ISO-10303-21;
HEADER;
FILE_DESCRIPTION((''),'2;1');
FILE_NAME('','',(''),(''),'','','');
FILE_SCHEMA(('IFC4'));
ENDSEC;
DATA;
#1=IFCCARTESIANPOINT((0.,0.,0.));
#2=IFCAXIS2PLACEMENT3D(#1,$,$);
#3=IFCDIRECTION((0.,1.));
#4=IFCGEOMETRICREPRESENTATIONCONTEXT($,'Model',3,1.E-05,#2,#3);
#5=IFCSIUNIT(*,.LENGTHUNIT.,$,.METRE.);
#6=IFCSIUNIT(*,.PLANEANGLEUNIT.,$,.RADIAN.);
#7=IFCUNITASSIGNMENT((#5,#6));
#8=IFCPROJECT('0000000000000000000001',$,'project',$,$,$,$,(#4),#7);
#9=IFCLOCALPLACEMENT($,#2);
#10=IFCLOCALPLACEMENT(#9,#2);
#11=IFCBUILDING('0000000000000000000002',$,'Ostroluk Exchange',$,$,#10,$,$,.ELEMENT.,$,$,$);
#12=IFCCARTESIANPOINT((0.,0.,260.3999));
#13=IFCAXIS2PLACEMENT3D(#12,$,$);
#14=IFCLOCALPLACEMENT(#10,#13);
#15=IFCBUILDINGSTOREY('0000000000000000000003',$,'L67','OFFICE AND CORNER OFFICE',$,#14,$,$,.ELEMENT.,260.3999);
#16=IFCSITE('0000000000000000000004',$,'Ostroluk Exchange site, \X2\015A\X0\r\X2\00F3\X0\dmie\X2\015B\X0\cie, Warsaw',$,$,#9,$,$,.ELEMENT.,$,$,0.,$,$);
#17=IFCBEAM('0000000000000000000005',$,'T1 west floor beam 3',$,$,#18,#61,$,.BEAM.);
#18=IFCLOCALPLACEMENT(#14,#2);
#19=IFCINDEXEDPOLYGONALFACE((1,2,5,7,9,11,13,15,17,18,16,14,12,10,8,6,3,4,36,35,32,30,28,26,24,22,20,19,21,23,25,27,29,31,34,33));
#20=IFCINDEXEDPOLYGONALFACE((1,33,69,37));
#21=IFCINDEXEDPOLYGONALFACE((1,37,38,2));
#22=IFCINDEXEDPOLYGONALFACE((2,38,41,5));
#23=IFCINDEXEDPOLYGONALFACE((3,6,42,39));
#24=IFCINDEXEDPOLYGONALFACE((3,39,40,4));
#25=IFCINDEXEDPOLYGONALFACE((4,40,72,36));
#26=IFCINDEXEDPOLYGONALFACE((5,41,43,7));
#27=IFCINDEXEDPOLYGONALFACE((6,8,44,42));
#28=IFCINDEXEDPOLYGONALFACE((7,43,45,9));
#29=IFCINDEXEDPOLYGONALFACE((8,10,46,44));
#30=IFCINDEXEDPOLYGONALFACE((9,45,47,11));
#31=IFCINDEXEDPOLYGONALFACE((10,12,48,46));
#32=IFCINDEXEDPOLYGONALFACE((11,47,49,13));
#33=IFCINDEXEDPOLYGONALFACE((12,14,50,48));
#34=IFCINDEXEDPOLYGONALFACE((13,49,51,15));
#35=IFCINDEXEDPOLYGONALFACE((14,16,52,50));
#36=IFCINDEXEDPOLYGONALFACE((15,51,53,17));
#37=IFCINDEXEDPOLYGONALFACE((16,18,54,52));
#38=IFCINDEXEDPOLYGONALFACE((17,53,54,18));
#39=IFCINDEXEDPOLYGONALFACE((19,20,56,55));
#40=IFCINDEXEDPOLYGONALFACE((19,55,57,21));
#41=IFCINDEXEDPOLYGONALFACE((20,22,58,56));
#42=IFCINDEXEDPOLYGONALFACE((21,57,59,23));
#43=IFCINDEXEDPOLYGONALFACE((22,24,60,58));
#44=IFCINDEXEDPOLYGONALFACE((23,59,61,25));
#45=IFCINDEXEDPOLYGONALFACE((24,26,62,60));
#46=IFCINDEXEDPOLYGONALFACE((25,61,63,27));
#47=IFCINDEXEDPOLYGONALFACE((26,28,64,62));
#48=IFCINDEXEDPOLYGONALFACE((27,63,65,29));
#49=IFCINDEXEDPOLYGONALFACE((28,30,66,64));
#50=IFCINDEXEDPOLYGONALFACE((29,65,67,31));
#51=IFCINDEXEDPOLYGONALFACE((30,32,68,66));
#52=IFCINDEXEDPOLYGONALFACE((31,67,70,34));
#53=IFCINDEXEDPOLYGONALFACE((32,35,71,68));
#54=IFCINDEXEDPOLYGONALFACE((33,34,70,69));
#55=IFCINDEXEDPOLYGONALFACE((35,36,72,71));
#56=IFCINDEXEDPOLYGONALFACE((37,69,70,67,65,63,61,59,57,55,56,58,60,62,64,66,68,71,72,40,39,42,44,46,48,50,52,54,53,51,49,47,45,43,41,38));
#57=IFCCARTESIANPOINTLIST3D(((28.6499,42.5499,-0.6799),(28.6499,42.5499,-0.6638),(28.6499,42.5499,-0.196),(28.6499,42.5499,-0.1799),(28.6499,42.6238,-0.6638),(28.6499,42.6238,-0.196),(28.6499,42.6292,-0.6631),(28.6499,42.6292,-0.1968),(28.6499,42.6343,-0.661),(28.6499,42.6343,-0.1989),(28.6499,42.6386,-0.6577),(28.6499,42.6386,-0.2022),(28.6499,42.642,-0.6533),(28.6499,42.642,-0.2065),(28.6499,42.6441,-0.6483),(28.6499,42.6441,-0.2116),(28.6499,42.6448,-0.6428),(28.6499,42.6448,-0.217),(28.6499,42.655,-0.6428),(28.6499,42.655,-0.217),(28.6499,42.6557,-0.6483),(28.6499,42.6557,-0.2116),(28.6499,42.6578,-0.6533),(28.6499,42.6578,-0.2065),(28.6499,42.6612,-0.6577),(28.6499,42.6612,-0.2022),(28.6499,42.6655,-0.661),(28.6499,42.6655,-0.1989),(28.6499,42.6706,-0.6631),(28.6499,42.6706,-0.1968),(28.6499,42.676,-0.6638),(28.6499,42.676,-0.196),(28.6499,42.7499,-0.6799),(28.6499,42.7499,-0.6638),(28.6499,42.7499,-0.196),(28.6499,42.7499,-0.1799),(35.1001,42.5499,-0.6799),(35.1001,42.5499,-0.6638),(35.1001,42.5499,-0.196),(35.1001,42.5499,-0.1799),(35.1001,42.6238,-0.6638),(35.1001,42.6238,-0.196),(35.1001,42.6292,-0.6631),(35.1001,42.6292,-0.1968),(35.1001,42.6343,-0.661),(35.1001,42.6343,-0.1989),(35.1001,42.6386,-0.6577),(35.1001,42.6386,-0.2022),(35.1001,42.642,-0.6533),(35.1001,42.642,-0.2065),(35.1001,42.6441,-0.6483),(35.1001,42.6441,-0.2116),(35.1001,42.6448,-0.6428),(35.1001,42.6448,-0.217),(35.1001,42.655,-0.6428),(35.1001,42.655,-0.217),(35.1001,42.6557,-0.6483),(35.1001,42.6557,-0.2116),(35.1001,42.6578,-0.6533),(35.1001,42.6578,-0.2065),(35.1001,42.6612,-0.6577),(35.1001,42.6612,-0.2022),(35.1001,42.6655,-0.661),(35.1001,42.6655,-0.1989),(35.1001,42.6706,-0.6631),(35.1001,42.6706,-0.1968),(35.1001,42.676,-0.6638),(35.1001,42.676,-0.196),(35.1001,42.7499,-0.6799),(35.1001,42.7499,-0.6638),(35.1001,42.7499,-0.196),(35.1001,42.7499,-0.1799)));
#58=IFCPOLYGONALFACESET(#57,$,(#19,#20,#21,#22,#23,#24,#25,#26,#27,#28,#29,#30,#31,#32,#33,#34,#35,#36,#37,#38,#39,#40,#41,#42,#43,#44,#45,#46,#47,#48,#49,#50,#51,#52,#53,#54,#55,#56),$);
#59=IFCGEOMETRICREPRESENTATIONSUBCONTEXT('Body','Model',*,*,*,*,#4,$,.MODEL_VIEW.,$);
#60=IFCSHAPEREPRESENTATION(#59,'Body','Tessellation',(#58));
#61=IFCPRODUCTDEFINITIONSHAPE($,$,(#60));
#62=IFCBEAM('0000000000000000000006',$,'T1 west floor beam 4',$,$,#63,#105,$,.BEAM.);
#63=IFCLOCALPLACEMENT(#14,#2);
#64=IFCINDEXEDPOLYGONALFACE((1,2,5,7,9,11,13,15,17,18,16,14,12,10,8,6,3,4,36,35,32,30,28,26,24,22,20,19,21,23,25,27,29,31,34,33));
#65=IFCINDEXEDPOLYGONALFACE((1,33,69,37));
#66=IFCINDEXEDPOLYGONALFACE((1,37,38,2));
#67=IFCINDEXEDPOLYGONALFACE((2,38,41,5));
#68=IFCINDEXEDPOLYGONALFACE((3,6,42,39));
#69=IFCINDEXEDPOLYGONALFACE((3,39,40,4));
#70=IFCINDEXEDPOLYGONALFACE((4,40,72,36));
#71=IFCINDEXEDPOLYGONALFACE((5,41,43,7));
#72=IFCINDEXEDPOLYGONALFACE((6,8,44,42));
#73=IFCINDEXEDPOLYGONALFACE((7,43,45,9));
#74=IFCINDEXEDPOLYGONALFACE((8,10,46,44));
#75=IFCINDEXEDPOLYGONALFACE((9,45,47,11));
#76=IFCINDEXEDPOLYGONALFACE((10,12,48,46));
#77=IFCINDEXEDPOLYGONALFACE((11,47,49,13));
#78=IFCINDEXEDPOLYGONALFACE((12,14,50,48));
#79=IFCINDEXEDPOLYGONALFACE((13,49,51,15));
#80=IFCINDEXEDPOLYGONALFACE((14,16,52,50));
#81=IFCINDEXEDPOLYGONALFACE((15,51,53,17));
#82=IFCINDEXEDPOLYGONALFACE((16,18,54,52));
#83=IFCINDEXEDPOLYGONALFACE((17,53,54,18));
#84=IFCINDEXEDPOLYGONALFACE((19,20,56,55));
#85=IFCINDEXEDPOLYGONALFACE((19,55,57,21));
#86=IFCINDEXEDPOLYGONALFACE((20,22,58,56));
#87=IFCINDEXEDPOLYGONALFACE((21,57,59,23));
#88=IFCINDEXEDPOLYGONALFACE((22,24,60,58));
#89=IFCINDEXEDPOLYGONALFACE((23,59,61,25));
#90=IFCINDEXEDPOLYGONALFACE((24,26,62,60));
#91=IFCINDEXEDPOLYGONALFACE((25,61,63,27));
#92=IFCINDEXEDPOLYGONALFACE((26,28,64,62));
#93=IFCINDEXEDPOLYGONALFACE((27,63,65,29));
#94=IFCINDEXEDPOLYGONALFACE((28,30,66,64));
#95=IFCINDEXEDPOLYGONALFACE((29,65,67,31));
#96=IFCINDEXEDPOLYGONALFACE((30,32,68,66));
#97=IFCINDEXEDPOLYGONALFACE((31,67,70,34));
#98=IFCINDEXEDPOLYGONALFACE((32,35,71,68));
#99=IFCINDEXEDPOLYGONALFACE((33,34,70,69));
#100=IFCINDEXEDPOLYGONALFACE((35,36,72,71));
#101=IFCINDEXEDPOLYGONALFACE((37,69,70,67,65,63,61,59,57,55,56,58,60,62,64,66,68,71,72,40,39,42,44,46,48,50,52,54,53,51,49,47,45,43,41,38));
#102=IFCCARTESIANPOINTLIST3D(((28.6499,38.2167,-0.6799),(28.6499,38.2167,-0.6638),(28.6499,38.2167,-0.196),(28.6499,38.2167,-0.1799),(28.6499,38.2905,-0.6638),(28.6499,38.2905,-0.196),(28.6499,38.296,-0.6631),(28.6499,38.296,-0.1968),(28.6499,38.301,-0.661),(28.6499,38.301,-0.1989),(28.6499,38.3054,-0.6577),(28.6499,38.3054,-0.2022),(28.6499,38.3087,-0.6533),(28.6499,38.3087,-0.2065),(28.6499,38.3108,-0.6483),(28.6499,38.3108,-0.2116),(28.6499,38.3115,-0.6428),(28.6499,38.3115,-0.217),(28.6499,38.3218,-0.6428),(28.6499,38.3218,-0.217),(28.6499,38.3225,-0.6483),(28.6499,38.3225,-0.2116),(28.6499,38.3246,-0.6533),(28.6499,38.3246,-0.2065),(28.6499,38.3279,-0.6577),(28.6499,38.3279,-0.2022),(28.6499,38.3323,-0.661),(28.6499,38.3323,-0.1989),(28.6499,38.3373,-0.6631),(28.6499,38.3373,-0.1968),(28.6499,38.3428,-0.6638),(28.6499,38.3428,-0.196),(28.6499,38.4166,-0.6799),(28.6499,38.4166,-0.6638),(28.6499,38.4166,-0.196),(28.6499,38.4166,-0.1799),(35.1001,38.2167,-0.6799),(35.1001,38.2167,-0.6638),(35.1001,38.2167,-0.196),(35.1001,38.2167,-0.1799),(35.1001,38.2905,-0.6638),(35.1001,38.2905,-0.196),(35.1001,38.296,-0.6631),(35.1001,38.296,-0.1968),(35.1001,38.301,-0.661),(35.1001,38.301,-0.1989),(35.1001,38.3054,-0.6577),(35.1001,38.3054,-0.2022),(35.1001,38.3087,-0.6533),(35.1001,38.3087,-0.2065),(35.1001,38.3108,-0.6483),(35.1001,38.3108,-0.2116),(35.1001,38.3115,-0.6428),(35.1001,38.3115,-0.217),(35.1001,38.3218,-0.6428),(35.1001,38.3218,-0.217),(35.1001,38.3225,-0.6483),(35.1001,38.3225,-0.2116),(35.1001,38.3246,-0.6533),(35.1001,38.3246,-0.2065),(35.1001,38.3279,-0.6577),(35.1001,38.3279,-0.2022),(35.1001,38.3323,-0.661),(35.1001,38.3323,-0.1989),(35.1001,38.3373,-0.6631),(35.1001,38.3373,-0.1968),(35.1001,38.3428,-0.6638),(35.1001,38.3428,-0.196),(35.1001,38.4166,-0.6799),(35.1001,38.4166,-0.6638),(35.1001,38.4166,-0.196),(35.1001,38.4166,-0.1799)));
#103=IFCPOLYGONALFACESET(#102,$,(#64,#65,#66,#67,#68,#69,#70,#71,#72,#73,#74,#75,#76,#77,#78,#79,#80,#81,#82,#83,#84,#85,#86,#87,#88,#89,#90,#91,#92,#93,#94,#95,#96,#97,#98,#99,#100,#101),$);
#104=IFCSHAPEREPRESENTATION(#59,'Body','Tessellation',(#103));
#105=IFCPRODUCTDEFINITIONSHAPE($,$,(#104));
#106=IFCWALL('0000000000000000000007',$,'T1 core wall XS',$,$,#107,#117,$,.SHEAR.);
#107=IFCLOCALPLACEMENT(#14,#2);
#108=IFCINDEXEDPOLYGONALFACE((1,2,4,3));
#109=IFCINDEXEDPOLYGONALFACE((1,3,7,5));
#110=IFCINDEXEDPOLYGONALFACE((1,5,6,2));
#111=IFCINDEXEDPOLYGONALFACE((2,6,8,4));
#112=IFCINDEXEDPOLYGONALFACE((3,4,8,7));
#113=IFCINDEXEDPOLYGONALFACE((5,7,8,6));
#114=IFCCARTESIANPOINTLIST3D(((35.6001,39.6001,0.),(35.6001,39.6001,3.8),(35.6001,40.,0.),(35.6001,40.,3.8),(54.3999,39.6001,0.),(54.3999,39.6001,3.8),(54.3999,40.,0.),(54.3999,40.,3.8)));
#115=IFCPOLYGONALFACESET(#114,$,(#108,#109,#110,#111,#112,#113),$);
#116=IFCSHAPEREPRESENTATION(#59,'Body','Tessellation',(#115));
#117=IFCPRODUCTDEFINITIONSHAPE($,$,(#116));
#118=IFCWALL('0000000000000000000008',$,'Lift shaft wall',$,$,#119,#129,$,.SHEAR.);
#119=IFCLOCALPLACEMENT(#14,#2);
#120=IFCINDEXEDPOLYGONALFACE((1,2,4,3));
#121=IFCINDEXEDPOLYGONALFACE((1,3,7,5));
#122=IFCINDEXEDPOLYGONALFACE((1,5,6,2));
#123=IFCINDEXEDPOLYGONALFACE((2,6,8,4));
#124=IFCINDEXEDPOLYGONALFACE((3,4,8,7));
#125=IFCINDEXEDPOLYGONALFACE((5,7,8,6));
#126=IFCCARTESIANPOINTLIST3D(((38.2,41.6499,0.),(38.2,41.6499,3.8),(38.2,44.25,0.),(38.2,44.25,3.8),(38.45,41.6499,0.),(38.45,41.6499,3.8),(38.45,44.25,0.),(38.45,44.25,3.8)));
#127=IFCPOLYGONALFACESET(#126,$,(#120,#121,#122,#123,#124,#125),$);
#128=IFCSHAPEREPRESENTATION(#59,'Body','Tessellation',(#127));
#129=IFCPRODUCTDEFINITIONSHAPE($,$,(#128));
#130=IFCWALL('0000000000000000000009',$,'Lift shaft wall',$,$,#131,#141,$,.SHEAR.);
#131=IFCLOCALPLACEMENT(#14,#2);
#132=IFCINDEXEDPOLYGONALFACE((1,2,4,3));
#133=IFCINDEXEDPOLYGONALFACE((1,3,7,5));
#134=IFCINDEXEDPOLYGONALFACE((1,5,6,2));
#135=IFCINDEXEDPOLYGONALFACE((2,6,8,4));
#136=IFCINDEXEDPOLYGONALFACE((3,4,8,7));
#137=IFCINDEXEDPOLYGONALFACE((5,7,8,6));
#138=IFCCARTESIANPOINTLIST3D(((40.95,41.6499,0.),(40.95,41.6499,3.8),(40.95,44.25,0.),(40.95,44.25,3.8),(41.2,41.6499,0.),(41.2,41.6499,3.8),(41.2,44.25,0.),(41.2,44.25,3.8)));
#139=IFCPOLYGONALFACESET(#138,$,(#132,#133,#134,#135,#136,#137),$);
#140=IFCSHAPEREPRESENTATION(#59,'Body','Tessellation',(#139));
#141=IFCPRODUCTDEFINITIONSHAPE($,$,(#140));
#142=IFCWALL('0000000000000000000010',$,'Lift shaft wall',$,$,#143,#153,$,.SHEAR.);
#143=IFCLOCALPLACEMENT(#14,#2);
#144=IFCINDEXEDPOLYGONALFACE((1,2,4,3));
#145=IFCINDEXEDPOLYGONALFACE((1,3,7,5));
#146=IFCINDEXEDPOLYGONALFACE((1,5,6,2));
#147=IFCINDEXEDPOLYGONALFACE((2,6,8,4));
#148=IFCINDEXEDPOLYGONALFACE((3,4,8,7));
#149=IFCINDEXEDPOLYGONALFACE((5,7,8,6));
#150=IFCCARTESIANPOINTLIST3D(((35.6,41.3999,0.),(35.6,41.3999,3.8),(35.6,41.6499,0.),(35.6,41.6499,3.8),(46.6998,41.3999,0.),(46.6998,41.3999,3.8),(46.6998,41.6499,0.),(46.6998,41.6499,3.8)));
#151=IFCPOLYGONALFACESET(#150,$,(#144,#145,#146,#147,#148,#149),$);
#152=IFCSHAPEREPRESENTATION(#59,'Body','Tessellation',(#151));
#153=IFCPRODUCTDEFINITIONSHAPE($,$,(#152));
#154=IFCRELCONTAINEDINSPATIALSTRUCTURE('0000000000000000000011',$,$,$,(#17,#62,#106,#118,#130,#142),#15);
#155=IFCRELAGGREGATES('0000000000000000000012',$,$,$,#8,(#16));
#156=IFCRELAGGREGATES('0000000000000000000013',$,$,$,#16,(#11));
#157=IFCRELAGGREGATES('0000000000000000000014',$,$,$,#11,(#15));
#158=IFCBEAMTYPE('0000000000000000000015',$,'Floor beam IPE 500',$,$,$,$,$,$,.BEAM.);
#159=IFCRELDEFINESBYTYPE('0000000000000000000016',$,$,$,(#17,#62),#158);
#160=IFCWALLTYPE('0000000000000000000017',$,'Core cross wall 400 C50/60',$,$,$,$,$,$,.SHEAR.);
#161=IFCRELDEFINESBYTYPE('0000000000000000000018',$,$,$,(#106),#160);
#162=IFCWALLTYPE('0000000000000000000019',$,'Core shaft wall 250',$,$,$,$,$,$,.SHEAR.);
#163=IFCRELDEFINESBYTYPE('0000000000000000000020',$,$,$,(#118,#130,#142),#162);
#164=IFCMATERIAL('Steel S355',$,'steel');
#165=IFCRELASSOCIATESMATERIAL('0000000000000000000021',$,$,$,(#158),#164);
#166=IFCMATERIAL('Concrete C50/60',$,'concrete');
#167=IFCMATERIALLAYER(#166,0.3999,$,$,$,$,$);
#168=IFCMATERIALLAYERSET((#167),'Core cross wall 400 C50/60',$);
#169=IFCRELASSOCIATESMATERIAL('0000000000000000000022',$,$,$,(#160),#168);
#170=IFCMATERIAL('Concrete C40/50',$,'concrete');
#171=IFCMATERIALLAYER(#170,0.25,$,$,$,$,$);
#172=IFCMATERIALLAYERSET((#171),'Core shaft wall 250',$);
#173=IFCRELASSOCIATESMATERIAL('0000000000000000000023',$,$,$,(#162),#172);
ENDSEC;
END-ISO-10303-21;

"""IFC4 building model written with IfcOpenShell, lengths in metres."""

from ifc_helpers import new_model, si_unit, direction, frame, frame_2d, origin, origin_2d, place, context, subcontext, project, spatial, rectangle, i_section, extrude, material, layer, layer_set, material_profile, profile_set, type_object, element, save


model = new_model("IFC4")

# Units and contexts
model_context = context("Model", 3, precision=1e-05, world=origin(), true_north=direction((0.0, 1.0)))
body_context = subcontext(model_context, "Body", "Model", "MODEL_VIEW")
ifc_project = project(units=[si_unit("LENGTHUNIT", "METRE"), si_unit("PLANEANGLEUNIT", "RADIAN")], contexts=[model_context])

# Site, building, storey
site_placement = place(None, origin())
site = spatial("IfcSite", under=ifc_project, at=site_placement, Name="Ostroluk Exchange site, Śródmieście, Warsaw", CompositionType="ELEMENT", RefElevation=0.0)
building_placement = place(site_placement, origin())
building = spatial("IfcBuilding", under=site, at=building_placement, Name="Ostroluk Exchange", CompositionType="ELEMENT")
storey_placement = place(building_placement, frame((0.0, 0.0, 260.3999)))
storey = spatial("IfcBuildingStorey", under=building, at=storey_placement, Name="L67", Description="OFFICE AND CORNER OFFICE", CompositionType="ELEMENT", Elevation=260.3999)

# Beams
ifc_material_1 = material(Name="Steel S355", Category="steel")
ifc_material_profile = material_profile(ifc_material_1, i_section(OverallWidth=0.2, OverallDepth=0.5, WebThickness=0.0103, FlangeThickness=0.0161, FilletRadius=0.021, at=origin_2d()), Name="IPE 500")
ifc_profile_set = profile_set([ifc_material_profile], Name="Steel S355")
beam_type = type_object("IfcBeamType", Name="Floor beam IPE 500", PredefinedType="BEAM", material=ifc_profile_set)
for number, where, z_axis, x_axis, name in (
    (1, (35.1001, 42.6499, -0.4299), (-1.0, 0.0, 0.0), (0.0, -1.0, 0.0), "T1 west floor beam 3"),
    (2, (35.1001, 38.3167, -0.4299), (-1.0, 0.0, 0.0), (0.0, -1.0, 0.0), "T1 west floor beam 4"),
):
    element("IfcBeam", number, at=place(storey_placement, frame(where, z_axis=z_axis, x_axis=x_axis)), inside=storey, type_object=beam_type, Name=name, PredefinedType="BEAM", context=body_context, shape_type="SweptSolid", body=[
        extrude(i_section(OverallWidth=0.2, OverallDepth=0.5, WebThickness=0.0103, FlangeThickness=0.0161, FilletRadius=0.021, at=origin_2d()), origin(), (0.0, 0.0, 1.0), 6.4502),
    ])

# Walls
ifc_material_2 = material(Name="Concrete C50/60", Category="concrete")
ifc_layer_1 = layer(ifc_material_2, 0.3999)
ifc_layer_set_1 = layer_set([ifc_layer_1], Name="Core cross wall 400 C50/60")
wall_type_1 = type_object("IfcWallType", Name="Core cross wall 400 C50/60", PredefinedType="SHEAR", material=ifc_layer_set_1)
wall_1_placement = place(storey_placement, frame((35.6001, 39.8, 0.0), z_axis=(0.0, 0.0, 1.0), x_axis=(1.0, 0.0, 0.0)))
element("IfcWall", 3, at=wall_1_placement, inside=storey, type_object=wall_type_1, Name="T1 core wall XS", PredefinedType="SHEAR", context=body_context, shape_type="SweptSolid", body=[
    extrude(rectangle(XDim=18.7998, YDim=0.3999, at=frame_2d((9.3999, 0.0))), origin(), (0.0, 0.0, 1.0), 3.8),
])
ifc_material_3 = material(Name="Concrete C40/50", Category="concrete")
ifc_layer_2 = layer(ifc_material_3, 0.25)
ifc_layer_set_2 = layer_set([ifc_layer_2], Name="Core shaft wall 250")
wall_type_2 = type_object("IfcWallType", Name="Core shaft wall 250", PredefinedType="SHEAR", material=ifc_layer_set_2)
for number, where, z_axis, x_axis, name in (
    (4, (38.325, 44.25, 0.0), (0.0, 0.0, 1.0), (0.0, -1.0, 0.0), "Lift shaft wall"),
    (5, (41.075, 44.25, 0.0), (0.0, 0.0, 1.0), (0.0, -1.0, 0.0), "Lift shaft wall"),
):
    element("IfcWall", number, at=place(storey_placement, frame(where, z_axis=z_axis, x_axis=x_axis)), inside=storey, type_object=wall_type_2, Name=name, PredefinedType="SHEAR", context=body_context, shape_type="SweptSolid", body=[
        extrude(rectangle(XDim=2.6001, YDim=0.25, at=frame_2d((1.3, 0.0))), origin(), (0.0, 0.0, 1.0), 3.8),
    ])
wall_2_placement = place(storey_placement, frame((35.6001, 41.5249, 0.0), z_axis=(0.0, 0.0, 1.0), x_axis=(1.0, 0.0, 0.0)))
element("IfcWall", 6, at=wall_2_placement, inside=storey, type_object=wall_type_2, Name="Lift shaft wall", PredefinedType="SHEAR", context=body_context, shape_type="SweptSolid", body=[
    extrude(rectangle(XDim=11.0999, YDim=0.25, at=frame_2d((5.5498, 0.0))), origin(), (0.0, 0.0, 1.0), 3.8),
])

save(model, "model.ifc")
